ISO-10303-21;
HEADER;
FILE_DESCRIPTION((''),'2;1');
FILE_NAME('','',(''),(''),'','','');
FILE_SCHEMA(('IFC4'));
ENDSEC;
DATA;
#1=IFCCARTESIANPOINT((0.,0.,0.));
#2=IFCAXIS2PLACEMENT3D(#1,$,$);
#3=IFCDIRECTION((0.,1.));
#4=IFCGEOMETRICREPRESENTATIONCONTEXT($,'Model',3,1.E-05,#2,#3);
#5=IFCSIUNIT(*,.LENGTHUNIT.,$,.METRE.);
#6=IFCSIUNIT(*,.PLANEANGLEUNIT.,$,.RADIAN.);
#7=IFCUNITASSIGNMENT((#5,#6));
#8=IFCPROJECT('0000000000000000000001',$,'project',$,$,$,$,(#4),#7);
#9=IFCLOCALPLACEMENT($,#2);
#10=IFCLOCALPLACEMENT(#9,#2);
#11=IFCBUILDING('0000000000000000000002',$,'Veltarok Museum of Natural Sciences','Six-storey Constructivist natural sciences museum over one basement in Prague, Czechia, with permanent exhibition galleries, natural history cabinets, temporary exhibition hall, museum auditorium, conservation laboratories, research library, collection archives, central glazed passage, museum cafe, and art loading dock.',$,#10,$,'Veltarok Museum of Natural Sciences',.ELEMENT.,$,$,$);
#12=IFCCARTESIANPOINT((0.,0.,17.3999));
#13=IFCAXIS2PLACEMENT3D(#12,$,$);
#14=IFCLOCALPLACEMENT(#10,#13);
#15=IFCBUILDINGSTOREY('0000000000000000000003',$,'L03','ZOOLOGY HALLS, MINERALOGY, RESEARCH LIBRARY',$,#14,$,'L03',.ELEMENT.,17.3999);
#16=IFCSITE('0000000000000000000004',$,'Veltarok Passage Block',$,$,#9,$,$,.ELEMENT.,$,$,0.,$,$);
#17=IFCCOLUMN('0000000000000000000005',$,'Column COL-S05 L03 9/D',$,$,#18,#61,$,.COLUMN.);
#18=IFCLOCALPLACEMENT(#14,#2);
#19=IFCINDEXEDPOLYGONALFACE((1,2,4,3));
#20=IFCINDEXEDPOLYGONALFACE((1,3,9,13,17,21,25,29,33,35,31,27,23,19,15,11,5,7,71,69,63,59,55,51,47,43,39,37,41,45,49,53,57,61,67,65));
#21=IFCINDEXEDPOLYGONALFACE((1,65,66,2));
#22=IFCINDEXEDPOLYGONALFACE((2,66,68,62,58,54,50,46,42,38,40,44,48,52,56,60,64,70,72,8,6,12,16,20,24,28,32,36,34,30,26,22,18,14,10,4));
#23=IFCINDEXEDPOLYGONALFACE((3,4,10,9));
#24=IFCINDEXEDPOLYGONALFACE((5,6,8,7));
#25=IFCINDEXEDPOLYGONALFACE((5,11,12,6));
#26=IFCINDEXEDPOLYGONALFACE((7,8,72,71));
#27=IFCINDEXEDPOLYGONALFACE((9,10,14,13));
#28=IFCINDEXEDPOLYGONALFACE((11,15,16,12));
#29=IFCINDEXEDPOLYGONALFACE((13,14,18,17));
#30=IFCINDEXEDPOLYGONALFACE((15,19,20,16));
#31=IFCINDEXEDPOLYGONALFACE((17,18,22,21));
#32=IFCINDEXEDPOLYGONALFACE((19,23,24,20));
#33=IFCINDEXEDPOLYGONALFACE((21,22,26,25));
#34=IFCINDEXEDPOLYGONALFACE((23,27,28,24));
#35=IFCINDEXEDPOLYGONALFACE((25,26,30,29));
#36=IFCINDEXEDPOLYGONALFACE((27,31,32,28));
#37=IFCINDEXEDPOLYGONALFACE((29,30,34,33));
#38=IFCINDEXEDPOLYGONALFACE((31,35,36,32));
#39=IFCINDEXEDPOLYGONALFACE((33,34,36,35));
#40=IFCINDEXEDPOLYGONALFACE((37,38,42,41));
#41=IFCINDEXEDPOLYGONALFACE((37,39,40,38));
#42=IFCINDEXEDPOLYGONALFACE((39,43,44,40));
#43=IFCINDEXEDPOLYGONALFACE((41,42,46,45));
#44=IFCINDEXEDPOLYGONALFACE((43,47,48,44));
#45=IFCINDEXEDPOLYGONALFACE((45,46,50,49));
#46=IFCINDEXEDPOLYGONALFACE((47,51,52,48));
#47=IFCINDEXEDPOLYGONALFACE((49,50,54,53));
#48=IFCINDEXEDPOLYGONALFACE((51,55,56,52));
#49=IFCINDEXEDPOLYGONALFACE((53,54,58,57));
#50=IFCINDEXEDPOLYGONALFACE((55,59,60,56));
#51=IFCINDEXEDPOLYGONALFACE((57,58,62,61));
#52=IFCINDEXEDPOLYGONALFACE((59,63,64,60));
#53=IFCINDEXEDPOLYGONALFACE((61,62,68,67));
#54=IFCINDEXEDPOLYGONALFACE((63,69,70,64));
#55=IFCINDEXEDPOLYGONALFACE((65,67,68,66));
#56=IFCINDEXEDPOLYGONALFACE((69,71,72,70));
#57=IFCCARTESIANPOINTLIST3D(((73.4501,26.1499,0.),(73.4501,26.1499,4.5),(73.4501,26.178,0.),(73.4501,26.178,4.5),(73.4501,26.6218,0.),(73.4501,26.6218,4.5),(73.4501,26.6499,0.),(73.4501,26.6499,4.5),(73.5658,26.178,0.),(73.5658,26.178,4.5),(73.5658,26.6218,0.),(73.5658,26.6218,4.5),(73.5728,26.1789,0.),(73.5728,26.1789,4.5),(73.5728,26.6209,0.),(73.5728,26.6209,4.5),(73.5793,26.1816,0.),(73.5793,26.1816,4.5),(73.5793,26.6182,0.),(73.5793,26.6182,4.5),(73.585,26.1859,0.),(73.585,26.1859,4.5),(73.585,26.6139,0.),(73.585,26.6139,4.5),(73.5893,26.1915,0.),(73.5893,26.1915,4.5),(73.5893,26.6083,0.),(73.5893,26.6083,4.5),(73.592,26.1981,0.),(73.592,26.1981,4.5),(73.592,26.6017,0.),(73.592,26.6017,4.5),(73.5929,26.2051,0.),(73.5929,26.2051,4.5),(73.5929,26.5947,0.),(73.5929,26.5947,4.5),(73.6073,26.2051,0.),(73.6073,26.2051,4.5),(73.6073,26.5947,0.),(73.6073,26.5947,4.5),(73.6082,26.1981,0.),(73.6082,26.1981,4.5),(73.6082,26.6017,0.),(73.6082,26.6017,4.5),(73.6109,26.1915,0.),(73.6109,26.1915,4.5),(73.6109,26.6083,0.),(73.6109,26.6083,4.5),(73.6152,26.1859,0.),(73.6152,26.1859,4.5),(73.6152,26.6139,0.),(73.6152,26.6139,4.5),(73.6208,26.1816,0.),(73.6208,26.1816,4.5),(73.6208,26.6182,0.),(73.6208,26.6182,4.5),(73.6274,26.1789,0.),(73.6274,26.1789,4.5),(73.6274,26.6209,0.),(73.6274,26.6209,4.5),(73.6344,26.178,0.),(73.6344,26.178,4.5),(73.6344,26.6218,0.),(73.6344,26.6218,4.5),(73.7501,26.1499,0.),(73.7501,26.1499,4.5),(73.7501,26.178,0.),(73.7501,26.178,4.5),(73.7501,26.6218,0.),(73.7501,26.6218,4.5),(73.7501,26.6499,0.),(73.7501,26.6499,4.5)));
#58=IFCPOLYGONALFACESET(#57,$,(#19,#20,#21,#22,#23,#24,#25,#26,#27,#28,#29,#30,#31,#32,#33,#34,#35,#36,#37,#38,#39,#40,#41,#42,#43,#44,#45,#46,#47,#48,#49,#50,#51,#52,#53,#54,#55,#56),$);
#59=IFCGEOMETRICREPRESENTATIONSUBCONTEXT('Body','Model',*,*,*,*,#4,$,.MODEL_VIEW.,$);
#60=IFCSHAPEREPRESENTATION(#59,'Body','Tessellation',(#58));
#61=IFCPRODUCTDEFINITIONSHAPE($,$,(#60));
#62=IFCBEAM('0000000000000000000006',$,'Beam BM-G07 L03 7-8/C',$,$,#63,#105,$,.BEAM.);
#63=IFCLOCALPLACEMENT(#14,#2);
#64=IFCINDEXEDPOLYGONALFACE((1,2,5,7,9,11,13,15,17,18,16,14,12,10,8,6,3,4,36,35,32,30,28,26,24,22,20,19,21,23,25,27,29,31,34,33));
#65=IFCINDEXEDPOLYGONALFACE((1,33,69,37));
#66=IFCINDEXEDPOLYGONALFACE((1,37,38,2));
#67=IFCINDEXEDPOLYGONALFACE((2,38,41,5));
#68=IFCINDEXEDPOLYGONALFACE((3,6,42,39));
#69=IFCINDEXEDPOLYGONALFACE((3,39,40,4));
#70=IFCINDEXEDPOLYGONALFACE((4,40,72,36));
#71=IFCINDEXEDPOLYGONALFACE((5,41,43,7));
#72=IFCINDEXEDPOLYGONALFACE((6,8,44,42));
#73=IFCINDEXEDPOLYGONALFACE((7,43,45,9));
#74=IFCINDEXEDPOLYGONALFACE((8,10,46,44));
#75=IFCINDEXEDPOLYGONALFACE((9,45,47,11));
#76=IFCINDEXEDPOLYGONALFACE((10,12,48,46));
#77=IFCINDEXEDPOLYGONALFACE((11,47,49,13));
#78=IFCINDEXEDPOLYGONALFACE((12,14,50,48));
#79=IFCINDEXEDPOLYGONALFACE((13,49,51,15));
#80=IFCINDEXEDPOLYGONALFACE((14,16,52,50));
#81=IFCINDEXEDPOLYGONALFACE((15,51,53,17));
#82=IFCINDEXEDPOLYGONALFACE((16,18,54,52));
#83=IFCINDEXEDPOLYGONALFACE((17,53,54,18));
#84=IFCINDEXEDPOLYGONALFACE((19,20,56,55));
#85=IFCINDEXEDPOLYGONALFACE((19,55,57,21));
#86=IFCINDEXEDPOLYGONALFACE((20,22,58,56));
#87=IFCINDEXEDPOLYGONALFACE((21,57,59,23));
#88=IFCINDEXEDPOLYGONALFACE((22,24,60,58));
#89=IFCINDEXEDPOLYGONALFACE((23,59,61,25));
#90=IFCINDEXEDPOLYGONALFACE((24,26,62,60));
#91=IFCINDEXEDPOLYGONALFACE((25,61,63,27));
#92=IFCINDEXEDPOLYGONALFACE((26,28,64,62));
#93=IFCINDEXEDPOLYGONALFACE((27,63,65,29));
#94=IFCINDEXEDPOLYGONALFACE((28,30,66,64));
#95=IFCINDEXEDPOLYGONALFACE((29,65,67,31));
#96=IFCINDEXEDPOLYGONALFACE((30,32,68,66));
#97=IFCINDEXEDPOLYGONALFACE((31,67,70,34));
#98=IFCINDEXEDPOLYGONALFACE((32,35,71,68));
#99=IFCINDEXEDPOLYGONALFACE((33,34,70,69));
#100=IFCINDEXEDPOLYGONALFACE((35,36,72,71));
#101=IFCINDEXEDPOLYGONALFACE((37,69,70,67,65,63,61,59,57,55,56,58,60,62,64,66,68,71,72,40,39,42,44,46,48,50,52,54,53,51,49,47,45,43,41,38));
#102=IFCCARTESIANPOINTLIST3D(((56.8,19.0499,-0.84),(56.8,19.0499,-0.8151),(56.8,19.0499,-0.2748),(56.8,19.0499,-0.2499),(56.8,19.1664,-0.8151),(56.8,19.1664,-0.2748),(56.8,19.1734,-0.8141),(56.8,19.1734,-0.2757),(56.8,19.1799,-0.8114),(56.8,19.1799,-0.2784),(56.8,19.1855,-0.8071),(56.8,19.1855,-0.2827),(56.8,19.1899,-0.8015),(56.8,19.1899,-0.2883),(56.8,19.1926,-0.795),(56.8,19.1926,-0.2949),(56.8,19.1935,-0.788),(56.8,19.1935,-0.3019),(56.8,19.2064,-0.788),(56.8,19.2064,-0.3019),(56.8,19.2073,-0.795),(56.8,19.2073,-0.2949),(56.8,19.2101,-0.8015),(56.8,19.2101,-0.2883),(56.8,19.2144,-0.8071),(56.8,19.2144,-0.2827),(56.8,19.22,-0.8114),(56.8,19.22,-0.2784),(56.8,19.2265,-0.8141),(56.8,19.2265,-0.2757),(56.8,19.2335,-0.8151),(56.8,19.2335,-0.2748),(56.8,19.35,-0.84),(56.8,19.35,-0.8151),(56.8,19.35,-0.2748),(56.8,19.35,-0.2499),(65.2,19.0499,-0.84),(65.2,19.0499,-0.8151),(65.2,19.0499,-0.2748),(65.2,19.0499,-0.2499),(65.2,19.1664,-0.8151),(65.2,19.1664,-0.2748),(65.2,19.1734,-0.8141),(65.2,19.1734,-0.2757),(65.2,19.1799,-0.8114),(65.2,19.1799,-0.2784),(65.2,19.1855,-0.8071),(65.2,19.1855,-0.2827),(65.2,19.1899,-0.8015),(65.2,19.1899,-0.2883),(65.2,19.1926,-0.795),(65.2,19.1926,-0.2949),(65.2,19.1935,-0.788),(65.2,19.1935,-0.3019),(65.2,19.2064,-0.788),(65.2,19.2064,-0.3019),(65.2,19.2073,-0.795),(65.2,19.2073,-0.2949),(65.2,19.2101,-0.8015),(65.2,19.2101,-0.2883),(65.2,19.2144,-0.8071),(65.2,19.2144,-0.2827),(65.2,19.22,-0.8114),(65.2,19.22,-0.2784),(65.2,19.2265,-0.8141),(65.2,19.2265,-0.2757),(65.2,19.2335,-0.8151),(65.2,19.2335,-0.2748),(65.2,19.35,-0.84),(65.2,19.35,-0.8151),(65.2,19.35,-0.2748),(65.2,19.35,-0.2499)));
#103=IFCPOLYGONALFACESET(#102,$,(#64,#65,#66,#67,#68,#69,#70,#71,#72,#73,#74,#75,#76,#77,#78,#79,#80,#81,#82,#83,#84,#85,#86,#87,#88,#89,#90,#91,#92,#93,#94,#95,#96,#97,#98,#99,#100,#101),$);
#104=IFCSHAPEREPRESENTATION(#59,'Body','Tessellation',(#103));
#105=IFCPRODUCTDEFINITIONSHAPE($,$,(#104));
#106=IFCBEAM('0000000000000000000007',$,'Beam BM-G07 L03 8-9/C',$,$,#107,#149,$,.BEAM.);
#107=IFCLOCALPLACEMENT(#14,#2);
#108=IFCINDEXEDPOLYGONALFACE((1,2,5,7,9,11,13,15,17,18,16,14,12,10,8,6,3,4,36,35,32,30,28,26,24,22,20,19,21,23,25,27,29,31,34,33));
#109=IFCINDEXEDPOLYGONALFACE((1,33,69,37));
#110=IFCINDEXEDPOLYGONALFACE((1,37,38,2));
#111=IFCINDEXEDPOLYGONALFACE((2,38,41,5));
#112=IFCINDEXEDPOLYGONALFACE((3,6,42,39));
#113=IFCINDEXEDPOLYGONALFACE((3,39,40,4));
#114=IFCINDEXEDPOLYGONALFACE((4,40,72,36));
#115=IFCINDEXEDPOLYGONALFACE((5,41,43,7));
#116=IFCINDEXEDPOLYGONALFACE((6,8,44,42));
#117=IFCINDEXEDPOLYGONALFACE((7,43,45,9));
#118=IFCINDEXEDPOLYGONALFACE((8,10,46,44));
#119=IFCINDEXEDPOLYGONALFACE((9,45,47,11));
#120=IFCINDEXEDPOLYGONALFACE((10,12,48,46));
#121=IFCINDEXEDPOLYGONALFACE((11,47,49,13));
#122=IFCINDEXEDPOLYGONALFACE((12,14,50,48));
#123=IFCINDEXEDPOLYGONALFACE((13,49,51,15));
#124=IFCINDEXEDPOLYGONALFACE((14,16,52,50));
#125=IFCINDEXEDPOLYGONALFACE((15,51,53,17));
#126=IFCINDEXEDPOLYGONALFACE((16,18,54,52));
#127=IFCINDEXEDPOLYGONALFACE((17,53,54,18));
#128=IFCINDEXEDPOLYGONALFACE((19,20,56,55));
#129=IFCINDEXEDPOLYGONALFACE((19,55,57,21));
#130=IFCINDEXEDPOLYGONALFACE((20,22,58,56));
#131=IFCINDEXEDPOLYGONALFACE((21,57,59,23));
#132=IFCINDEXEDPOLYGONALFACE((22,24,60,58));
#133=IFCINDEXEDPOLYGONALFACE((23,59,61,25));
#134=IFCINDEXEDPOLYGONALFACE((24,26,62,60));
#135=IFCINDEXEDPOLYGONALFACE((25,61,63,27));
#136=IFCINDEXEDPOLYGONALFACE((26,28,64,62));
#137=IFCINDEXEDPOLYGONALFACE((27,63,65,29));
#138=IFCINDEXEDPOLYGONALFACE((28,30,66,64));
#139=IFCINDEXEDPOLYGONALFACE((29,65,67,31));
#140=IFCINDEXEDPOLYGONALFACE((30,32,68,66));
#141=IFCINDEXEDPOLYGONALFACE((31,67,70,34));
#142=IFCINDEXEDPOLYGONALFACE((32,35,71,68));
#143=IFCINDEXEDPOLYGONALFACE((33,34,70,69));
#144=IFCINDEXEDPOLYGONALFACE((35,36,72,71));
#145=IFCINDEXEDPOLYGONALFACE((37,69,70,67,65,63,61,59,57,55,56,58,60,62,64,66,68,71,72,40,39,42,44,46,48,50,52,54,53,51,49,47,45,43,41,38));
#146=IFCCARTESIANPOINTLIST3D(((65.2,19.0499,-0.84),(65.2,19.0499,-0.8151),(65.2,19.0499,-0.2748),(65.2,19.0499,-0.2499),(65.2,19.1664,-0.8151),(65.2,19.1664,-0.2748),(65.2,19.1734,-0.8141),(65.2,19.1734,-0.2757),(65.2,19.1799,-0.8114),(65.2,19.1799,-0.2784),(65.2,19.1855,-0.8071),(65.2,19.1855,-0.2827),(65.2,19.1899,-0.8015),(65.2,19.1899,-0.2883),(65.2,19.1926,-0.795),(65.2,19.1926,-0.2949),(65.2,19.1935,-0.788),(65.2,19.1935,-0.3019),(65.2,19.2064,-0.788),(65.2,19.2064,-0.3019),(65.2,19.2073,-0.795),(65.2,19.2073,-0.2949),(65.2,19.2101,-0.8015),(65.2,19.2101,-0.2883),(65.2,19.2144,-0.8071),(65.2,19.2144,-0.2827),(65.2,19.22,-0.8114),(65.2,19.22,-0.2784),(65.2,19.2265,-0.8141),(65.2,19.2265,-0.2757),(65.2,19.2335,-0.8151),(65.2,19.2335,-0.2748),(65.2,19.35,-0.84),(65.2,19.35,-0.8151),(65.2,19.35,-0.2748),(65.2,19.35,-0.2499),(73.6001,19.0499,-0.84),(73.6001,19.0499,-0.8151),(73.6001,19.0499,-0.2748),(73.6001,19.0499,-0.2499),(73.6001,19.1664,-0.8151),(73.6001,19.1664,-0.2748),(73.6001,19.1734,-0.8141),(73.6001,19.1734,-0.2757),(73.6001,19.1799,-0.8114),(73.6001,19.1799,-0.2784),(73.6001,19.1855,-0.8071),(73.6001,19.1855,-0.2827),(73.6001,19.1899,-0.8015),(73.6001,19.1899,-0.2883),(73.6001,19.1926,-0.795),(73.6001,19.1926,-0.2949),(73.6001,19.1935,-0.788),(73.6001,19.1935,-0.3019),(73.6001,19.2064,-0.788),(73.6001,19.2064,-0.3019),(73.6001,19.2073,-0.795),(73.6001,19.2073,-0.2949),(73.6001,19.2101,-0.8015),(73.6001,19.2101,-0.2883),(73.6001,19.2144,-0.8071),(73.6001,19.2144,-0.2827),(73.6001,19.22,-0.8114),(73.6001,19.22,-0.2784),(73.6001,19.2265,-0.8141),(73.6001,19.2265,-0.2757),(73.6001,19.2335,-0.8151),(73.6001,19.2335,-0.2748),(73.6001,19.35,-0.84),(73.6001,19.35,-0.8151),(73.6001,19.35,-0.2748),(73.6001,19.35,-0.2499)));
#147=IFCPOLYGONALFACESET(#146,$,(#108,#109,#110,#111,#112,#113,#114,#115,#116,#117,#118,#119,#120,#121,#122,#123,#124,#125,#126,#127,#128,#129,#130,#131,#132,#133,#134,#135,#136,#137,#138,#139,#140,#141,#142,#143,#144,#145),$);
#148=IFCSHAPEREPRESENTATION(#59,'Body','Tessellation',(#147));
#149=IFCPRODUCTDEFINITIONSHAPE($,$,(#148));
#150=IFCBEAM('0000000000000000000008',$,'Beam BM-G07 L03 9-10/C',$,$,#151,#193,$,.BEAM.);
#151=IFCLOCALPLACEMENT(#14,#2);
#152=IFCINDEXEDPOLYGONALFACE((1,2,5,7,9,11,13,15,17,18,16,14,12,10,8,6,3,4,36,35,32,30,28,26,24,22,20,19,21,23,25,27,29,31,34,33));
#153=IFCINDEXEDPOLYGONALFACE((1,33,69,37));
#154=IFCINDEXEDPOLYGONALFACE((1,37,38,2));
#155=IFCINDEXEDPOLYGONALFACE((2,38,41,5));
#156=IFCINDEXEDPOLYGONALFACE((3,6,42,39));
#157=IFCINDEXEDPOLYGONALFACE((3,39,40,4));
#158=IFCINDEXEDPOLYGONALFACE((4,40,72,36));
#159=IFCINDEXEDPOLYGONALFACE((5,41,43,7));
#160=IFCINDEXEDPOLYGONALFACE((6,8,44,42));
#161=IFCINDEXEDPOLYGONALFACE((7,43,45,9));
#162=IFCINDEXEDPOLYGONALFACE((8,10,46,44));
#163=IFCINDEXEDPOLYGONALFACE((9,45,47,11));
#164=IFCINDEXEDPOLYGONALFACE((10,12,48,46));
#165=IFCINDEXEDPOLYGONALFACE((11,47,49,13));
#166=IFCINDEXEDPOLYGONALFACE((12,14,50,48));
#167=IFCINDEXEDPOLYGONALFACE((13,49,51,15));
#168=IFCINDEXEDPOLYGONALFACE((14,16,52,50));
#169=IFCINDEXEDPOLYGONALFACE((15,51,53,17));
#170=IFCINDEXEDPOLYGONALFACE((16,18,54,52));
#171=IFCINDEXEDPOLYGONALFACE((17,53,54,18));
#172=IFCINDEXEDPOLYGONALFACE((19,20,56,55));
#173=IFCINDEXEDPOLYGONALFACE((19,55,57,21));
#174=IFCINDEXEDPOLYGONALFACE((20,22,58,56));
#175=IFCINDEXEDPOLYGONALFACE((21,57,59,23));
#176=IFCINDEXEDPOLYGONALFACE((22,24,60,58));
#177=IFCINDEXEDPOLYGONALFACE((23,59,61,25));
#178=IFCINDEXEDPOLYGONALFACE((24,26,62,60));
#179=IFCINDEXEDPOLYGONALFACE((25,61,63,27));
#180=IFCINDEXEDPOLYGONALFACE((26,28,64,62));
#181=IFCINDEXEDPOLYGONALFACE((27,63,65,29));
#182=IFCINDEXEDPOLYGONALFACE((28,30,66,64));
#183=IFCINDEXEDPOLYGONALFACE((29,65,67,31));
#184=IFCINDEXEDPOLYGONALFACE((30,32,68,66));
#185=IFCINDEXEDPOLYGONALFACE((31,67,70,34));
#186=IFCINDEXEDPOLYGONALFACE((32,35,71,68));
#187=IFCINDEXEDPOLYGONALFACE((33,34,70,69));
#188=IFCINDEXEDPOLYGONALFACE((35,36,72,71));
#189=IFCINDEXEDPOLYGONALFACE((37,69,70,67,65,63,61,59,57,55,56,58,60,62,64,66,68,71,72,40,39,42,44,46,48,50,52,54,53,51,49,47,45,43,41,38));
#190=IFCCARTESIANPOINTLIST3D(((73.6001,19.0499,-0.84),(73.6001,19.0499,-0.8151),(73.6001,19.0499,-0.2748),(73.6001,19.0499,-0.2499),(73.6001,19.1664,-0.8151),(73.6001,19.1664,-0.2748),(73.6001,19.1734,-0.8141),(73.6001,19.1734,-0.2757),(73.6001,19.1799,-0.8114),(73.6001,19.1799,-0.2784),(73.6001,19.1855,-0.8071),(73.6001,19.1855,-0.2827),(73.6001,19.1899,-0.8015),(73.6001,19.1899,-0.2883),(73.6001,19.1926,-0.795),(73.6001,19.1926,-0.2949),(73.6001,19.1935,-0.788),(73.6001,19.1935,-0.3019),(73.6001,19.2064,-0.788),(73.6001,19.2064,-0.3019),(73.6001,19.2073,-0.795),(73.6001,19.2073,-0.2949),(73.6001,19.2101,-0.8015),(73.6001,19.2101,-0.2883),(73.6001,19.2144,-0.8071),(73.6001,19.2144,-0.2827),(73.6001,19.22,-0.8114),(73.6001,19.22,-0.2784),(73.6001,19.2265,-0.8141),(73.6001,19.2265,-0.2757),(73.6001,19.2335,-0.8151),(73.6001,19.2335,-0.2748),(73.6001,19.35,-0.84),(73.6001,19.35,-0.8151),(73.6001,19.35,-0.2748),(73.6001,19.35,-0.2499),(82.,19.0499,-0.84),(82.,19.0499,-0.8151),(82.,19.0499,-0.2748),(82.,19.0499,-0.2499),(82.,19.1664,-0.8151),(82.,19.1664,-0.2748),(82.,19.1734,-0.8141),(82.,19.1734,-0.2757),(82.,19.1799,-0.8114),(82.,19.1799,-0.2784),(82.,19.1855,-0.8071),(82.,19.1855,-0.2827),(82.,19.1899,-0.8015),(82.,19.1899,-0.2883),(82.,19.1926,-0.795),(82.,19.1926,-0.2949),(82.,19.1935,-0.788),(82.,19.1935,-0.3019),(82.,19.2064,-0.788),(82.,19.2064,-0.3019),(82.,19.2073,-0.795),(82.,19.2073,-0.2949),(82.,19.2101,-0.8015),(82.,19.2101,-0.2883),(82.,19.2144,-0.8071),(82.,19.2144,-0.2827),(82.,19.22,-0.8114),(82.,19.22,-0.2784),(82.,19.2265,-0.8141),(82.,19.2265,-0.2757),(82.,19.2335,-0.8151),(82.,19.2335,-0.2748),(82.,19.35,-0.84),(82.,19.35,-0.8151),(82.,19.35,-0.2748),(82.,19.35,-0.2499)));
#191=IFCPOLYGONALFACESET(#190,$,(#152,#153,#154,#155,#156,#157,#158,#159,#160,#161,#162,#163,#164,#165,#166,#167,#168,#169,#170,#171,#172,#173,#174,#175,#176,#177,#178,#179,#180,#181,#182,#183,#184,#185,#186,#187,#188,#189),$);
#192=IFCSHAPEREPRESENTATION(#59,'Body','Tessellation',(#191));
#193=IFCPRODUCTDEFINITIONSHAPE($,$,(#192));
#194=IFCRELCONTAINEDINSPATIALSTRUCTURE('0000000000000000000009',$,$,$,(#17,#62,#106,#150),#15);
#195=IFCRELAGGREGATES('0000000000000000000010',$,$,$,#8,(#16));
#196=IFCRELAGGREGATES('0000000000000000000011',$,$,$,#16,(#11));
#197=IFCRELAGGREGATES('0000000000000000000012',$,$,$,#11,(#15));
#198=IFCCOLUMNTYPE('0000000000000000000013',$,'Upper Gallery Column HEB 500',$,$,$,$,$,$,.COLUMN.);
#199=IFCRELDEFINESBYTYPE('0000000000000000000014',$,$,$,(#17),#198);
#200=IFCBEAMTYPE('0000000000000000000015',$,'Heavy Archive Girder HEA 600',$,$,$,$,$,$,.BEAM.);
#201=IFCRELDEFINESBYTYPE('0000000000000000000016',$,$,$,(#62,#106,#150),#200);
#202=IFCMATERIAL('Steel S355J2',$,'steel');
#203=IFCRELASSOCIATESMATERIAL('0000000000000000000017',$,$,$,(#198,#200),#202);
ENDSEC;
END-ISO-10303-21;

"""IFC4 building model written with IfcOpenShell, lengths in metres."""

from ifc_helpers import new_model, si_unit, direction, frame, origin, origin_2d, place, context, subcontext, project, spatial, i_section, extrude, material, material_profile, profile_set, type_object, element, save


model = new_model("IFC4")

# Units and contexts
model_context = context("Model", 3, precision=1e-05, world=origin(), true_north=direction((0.0, 1.0)))
body_context = subcontext(model_context, "Body", "Model", "MODEL_VIEW")
ifc_project = project(units=[si_unit("LENGTHUNIT", "METRE"), si_unit("PLANEANGLEUNIT", "RADIAN")], contexts=[model_context])

# Site, building, storey
site_placement = place(None, origin())
site = spatial("IfcSite", under=ifc_project, at=site_placement, Name="Veltarok Passage Block", CompositionType="ELEMENT", RefElevation=0.0)
building_placement = place(site_placement, origin())
building = spatial("IfcBuilding", under=site, at=building_placement, Name="Veltarok Museum of Natural Sciences", Description="Six-storey Constructivist natural sciences museum over one basement in Prague, Czechia, with permanent exhibition galleries, natural history cabinets, temporary exhibition hall, museum auditorium, conservation laboratories, research library, collection archives, central glazed passage, museum cafe, and art loading dock.", LongName="Veltarok Museum of Natural Sciences", CompositionType="ELEMENT")
storey_placement = place(building_placement, frame((0.0, 0.0, 17.3999)))
storey = spatial("IfcBuildingStorey", under=building, at=storey_placement, Name="L03", Description="ZOOLOGY HALLS, MINERALOGY, RESEARCH LIBRARY", LongName="L03", CompositionType="ELEMENT", Elevation=17.3999)

# Column
ifc_material_1 = material(Name="Steel S355J2", Category="steel")
ifc_material_profile_1 = material_profile(ifc_material_1, i_section(OverallWidth=0.3, OverallDepth=0.5, WebThickness=0.0144, FlangeThickness=0.0281, FilletRadius=0.0271, at=origin_2d()), Name="HEB 500")
ifc_profile_set_1 = profile_set([ifc_material_profile_1], Name="Steel S355J2")
column_type_1 = type_object("IfcColumnType", Name="Upper Gallery Column HEB 500", PredefinedType="COLUMN", material=ifc_profile_set_1)
for number, where, z_axis, x_axis, name in (
    (1, (73.6001, 26.3999, 0.0), (0.0, 0.0, 1.0), (1.0, 0.0, 0.0), "Column COL-S05 L03 9/D"),
):
    element("IfcColumn", number, at=place(storey_placement, frame(where, z_axis=z_axis, x_axis=x_axis)), inside=storey, type_object=column_type_1, Name=name, PredefinedType="COLUMN", context=body_context, shape_type="SweptSolid", body=[
        extrude(i_section(OverallWidth=0.3, OverallDepth=0.5, WebThickness=0.0144, FlangeThickness=0.0281, FilletRadius=0.0271, at=origin_2d()), origin(), (0.0, 0.0, 1.0), 4.5),
    ])

# Beams
ifc_material_profile_2 = material_profile(ifc_material_1, i_section(OverallWidth=0.3, OverallDepth=0.5901, WebThickness=0.0129, FlangeThickness=0.0249, FilletRadius=0.0271, at=origin_2d()), Name="HEA 600")
ifc_profile_set_2 = profile_set([ifc_material_profile_2], Name="Steel S355J2")
beam_type_1 = type_object("IfcBeamType", Name="Heavy Archive Girder HEA 600", PredefinedType="BEAM", material=ifc_profile_set_2)
beam_1_placement = place(storey_placement, frame((56.8, 19.2, -0.5449), z_axis=(1.0, 0.0, 0.0), x_axis=(0.0, 1.0, 0.0)))
element("IfcBeam", 2, at=beam_1_placement, inside=storey, type_object=beam_type_1, Name="Beam BM-G07 L03 7-8/C", PredefinedType="BEAM", context=body_context, shape_type="SweptSolid", body=[
    extrude(i_section(OverallWidth=0.3, OverallDepth=0.5901, WebThickness=0.0129, FlangeThickness=0.0249, FilletRadius=0.0271, at=origin_2d()), origin(), (0.0, 0.0, 1.0), 8.3999),
])
beam_2_placement = place(storey_placement, frame((65.2, 19.2, -0.5449), z_axis=(1.0, 0.0, 0.0), x_axis=(0.0, 1.0, 0.0)))
element("IfcBeam", 3, at=beam_2_placement, inside=storey, type_object=beam_type_1, Name="Beam BM-G07 L03 8-9/C", PredefinedType="BEAM", context=body_context, shape_type="SweptSolid", body=[
    extrude(i_section(OverallWidth=0.3, OverallDepth=0.5901, WebThickness=0.0129, FlangeThickness=0.0249, FilletRadius=0.0271, at=origin_2d()), origin(), (0.0, 0.0, 1.0), 8.4001),
])
for number, where, z_axis, x_axis, name in (
    (4, (73.6001, 19.2, -0.5449), (1.0, 0.0, 0.0), (0.0, 1.0, 0.0), "Beam BM-G07 L03 9-10/C"),
):
    element("IfcBeam", number, at=place(storey_placement, frame(where, z_axis=z_axis, x_axis=x_axis)), inside=storey, type_object=beam_type_1, Name=name, PredefinedType="BEAM", context=body_context, shape_type="SweptSolid", body=[
        extrude(i_section(OverallWidth=0.3, OverallDepth=0.5901, WebThickness=0.0129, FlangeThickness=0.0249, FilletRadius=0.0271, at=origin_2d()), origin(), (0.0, 0.0, 1.0), 8.3999),
    ])

save(model, "model.ifc")
